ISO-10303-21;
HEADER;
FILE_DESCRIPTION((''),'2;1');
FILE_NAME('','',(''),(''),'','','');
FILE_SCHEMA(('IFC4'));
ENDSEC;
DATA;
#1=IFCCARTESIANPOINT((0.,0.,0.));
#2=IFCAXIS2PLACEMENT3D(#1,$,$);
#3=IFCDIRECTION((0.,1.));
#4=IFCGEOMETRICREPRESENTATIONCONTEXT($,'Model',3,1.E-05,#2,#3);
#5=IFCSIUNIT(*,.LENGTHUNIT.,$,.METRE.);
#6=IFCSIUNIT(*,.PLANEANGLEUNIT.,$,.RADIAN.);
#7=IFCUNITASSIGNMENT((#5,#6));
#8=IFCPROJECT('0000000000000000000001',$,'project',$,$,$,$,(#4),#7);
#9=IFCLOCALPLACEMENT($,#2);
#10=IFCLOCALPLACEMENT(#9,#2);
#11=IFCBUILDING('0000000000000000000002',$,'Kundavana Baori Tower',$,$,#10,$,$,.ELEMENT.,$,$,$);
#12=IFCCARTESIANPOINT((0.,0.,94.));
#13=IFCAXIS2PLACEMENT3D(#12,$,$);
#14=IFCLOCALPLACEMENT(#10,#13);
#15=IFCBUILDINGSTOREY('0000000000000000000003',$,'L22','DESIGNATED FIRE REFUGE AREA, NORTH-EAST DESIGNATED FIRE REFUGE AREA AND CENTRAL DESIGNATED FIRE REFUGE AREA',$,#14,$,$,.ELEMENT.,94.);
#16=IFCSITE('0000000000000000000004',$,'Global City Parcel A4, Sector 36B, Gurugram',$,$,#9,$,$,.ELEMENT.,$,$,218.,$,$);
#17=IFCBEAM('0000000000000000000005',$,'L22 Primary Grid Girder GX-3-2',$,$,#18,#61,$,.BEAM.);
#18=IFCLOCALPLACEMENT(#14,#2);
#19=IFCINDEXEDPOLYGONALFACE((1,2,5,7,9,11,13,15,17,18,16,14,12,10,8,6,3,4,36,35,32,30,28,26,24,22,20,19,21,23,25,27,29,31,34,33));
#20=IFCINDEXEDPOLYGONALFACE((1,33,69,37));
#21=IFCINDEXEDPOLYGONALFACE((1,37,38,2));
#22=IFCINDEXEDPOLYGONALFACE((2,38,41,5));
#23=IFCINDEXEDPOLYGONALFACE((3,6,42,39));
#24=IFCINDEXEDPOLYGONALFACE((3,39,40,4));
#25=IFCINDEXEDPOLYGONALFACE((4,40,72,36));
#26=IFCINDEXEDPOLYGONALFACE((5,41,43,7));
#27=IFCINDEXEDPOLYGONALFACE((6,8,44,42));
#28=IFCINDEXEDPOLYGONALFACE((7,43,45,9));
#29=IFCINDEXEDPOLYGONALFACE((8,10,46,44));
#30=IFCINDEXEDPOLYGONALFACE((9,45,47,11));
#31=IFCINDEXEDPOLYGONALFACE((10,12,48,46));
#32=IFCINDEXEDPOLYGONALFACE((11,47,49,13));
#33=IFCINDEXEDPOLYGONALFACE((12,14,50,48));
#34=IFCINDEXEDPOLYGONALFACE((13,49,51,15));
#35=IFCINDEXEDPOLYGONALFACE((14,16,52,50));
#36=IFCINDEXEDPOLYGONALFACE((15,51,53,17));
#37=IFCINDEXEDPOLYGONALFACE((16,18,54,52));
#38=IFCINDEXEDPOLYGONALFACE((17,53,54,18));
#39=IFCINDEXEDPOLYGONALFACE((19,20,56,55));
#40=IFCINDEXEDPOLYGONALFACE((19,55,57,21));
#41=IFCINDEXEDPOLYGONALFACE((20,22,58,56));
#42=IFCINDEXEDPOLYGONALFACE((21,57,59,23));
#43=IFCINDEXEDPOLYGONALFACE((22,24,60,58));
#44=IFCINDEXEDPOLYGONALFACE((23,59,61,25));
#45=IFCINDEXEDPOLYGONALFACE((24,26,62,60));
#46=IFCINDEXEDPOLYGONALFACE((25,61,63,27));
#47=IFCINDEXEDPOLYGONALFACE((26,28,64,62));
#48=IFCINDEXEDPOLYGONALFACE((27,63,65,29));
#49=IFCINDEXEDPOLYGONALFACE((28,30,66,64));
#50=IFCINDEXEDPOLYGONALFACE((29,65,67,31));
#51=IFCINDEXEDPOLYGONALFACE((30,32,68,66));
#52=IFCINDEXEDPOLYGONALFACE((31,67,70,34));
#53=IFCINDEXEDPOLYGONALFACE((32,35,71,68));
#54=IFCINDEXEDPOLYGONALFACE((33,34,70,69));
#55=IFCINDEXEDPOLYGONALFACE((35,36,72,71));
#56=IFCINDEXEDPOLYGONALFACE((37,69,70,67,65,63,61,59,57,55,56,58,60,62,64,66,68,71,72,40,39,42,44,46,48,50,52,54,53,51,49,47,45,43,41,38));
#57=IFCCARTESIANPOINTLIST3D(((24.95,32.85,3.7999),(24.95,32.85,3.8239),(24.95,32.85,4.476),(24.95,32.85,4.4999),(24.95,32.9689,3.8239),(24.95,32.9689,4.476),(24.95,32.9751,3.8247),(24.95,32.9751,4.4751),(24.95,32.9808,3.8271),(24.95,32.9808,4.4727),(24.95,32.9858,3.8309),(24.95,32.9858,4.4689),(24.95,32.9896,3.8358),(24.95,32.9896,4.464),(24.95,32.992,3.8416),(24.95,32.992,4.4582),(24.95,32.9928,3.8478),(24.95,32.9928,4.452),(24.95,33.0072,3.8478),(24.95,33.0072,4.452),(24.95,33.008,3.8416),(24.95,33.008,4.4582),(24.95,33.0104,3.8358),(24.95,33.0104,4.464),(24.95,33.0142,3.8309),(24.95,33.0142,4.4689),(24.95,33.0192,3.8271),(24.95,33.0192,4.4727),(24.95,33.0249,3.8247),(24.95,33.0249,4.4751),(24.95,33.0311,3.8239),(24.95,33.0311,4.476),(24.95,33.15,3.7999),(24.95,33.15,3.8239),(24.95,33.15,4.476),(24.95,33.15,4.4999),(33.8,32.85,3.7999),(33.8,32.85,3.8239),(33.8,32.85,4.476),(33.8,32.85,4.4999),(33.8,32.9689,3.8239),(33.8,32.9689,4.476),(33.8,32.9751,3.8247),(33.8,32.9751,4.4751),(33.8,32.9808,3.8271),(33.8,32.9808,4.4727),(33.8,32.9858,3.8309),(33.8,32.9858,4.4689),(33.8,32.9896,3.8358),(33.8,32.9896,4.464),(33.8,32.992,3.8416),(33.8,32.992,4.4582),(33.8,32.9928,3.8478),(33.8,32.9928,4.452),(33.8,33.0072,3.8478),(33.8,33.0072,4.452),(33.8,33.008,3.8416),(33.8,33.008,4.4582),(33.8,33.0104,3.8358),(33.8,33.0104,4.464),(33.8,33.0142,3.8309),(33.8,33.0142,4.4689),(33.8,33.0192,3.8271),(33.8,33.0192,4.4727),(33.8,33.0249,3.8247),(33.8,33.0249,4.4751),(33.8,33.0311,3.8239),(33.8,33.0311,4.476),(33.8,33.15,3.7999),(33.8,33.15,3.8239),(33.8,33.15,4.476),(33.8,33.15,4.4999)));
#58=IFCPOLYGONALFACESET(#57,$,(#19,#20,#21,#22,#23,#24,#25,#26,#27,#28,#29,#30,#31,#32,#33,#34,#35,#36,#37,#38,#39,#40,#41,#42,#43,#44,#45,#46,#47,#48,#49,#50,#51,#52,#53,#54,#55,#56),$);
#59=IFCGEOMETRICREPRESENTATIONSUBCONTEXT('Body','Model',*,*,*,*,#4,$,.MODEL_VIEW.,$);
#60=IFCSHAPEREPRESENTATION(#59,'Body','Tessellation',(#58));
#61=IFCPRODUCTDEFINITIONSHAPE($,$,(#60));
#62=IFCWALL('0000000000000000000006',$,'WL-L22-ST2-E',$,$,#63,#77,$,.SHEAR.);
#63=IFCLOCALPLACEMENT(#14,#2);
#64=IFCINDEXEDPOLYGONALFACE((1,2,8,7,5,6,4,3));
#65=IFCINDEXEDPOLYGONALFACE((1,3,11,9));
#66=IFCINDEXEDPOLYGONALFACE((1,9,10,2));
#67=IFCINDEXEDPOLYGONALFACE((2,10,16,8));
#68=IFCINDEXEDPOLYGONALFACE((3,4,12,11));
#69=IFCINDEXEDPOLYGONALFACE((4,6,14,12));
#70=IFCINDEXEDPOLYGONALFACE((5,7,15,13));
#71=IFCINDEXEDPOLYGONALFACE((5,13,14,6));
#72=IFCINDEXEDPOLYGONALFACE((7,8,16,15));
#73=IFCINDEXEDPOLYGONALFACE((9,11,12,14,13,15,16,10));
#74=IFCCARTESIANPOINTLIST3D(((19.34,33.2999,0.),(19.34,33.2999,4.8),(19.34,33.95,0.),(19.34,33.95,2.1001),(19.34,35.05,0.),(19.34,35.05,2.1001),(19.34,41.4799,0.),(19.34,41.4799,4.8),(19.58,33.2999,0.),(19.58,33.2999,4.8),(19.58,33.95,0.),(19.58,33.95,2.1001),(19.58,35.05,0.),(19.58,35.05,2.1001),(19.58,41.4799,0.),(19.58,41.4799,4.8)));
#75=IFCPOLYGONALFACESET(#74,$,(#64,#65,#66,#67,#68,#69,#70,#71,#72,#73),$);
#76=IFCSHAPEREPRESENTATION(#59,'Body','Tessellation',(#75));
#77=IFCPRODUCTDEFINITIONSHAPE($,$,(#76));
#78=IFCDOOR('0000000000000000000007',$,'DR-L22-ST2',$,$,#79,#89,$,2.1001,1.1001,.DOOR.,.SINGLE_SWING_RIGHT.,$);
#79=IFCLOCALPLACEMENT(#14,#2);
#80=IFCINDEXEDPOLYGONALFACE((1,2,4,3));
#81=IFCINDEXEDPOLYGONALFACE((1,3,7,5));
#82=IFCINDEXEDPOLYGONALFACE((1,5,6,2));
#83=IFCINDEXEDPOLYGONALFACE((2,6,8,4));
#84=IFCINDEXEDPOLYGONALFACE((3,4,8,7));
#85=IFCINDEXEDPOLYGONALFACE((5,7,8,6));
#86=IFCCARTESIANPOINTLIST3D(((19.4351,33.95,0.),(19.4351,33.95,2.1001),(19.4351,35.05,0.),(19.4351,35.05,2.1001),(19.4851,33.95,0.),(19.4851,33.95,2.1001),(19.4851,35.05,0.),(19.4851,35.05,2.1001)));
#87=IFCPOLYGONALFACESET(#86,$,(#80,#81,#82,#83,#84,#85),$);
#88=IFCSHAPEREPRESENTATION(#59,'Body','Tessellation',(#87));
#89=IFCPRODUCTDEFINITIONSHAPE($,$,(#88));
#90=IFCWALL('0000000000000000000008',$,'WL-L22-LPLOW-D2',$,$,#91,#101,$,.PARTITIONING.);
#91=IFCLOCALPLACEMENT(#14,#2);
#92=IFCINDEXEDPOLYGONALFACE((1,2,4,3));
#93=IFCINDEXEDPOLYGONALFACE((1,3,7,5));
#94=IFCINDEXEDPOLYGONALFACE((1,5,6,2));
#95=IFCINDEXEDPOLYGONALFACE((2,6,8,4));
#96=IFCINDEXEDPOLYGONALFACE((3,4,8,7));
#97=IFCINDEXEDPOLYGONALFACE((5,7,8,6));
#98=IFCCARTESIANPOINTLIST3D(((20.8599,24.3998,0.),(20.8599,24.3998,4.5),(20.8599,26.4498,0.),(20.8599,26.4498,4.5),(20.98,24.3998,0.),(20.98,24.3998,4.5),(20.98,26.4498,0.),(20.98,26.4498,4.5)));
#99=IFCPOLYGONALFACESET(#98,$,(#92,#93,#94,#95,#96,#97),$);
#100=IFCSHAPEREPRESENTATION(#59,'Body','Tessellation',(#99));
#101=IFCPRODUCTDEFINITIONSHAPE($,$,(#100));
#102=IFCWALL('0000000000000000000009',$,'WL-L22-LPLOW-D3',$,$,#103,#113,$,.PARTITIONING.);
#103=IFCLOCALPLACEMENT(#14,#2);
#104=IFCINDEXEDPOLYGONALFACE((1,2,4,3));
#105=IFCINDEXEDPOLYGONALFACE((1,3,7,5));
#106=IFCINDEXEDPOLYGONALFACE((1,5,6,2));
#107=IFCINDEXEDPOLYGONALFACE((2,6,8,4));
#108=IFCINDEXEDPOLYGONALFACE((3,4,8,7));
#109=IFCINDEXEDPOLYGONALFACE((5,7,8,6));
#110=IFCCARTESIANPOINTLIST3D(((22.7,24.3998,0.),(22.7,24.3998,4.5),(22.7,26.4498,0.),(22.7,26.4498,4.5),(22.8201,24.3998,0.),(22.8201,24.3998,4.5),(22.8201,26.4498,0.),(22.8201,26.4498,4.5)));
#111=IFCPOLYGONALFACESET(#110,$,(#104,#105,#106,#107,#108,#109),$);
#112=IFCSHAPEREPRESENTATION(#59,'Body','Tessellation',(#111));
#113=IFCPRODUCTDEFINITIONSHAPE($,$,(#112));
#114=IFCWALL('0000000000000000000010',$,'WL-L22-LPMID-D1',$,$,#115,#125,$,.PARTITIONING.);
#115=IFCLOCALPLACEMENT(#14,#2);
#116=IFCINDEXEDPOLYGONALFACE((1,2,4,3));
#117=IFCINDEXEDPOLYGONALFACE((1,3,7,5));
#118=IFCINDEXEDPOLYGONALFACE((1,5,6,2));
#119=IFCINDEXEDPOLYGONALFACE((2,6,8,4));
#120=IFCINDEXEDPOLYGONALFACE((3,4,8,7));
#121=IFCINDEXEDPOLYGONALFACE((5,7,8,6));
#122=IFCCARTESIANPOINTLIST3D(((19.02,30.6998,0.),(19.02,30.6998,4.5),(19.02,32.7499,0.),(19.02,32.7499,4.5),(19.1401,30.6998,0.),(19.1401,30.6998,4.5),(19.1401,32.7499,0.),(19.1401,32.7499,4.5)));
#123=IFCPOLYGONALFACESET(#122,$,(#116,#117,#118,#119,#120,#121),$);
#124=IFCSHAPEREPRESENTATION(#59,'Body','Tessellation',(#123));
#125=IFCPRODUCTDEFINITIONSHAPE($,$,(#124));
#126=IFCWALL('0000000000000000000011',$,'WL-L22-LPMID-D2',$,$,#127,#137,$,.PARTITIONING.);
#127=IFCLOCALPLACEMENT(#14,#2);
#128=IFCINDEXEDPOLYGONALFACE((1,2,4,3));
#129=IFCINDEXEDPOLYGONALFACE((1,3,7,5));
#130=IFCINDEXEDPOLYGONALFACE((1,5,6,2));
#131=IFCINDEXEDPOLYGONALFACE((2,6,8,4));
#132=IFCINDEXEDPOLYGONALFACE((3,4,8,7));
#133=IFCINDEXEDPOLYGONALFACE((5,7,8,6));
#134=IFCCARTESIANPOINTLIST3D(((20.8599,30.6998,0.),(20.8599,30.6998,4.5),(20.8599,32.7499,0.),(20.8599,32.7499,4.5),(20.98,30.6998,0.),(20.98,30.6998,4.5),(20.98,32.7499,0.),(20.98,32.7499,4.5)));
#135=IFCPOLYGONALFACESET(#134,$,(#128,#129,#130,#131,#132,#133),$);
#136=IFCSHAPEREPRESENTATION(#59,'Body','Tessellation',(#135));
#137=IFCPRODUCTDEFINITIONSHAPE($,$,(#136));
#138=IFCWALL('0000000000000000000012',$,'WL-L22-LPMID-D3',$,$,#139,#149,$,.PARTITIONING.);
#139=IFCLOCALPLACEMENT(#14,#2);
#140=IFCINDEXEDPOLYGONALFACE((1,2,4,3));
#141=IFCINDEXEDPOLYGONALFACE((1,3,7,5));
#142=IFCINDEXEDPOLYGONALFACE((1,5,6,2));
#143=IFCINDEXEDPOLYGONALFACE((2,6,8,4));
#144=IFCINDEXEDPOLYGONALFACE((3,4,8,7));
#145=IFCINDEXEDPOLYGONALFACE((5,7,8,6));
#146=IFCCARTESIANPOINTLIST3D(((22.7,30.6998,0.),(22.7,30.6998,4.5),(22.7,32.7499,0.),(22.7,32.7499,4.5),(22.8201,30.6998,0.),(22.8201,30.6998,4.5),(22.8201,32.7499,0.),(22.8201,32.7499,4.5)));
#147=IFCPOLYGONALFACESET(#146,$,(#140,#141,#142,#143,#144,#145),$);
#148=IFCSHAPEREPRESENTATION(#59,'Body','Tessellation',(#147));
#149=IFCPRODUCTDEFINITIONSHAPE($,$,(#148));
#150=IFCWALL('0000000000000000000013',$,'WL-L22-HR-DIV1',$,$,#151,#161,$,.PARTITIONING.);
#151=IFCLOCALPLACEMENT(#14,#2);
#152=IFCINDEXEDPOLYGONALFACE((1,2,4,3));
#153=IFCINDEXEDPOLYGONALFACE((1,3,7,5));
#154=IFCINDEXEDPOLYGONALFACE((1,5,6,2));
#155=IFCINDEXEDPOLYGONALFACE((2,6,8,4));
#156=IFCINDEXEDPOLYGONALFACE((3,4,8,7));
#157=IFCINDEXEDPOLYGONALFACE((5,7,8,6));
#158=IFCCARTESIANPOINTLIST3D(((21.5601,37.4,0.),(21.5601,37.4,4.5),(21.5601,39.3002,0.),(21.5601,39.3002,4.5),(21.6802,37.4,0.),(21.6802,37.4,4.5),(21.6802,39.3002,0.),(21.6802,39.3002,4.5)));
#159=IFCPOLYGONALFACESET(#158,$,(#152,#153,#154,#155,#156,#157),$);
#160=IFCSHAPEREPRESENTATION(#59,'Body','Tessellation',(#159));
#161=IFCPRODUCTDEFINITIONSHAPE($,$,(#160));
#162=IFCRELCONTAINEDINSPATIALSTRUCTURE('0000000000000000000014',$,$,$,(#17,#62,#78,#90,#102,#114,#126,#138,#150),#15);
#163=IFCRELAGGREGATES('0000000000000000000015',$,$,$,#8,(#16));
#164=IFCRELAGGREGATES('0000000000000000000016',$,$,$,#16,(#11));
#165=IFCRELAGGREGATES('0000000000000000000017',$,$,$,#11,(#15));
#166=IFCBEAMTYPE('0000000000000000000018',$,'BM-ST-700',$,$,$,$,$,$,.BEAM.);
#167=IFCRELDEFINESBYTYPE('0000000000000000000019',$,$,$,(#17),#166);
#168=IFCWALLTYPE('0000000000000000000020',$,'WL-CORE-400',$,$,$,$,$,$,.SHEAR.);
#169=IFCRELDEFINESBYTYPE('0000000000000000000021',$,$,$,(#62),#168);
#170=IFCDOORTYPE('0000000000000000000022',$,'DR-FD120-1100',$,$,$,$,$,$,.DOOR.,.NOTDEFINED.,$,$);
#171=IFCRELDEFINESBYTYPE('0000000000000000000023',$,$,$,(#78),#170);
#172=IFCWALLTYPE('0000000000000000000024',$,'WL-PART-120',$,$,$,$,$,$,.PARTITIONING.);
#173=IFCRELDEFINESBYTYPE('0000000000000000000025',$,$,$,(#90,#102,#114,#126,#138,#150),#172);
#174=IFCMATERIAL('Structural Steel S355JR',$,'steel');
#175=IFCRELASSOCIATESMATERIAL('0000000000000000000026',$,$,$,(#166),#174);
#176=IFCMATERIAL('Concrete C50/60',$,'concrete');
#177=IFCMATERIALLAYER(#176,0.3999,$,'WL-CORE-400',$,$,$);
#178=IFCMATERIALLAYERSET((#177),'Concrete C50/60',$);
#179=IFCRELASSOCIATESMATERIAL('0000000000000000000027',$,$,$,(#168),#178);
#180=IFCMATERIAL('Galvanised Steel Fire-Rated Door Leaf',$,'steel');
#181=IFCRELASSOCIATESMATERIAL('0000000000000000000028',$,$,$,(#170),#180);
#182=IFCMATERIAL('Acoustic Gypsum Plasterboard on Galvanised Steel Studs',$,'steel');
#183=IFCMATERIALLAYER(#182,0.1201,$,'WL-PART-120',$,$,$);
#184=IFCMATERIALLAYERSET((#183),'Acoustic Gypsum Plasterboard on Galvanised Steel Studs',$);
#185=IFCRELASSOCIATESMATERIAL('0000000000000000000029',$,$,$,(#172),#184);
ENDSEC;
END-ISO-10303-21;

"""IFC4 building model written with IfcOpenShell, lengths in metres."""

from ifc_helpers import new_model, si_unit, direction, frame, frame_2d, origin, origin_2d, place, context, subcontext, project, spatial, rectangle, i_section, extrude, material, layer, layer_set, material_profile, profile_set, type_object, element, fill, save


model = new_model("IFC4")

# Units and contexts
model_context = context("Model", 3, precision=1e-05, world=origin(), true_north=direction((0.0, 1.0)))
body_context = subcontext(model_context, "Body", "Model", "MODEL_VIEW")
ifc_project = project(units=[si_unit("LENGTHUNIT", "METRE"), si_unit("PLANEANGLEUNIT", "RADIAN")], contexts=[model_context])

# Site, building, storey
site_placement = place(None, origin())
site = spatial("IfcSite", under=ifc_project, at=site_placement, Name="Global City Parcel A4, Sector 36B, Gurugram", CompositionType="ELEMENT", RefElevation=218.0)
building_placement = place(site_placement, origin())
building = spatial("IfcBuilding", under=site, at=building_placement, Name="Kundavana Baori Tower", CompositionType="ELEMENT")
storey_placement = place(building_placement, frame((0.0, 0.0, 94.0)))
storey = spatial("IfcBuildingStorey", under=building, at=storey_placement, Name="L22", Description="DESIGNATED FIRE REFUGE AREA, NORTH-EAST DESIGNATED FIRE REFUGE AREA AND CENTRAL DESIGNATED FIRE REFUGE AREA", CompositionType="ELEMENT", Elevation=94.0)

# Beam
ifc_material_1 = material(Name="Structural Steel S355JR", Category="steel")
ifc_material_profile_1 = material_profile(ifc_material_1, i_section(OverallWidth=0.3, OverallDepth=0.7, WebThickness=0.0144, FlangeThickness=0.0239, FilletRadius=0.0239, at=origin_2d()), Name="NPB 700x300x170")
ifc_profile_set_1 = profile_set([ifc_material_profile_1], Name="Structural Steel S355JR")
beam_type_1 = type_object("IfcBeamType", Name="BM-ST-700", PredefinedType="BEAM", material=ifc_profile_set_1)
beam_1_placement = place(storey_placement, frame((24.95, 33.0, 4.1499), z_axis=(1.0, 0.0, 0.0), x_axis=(0.0, 1.0, 0.0)))
element("IfcBeam", 1, at=beam_1_placement, inside=storey, type_object=beam_type_1, Name="L22 Primary Grid Girder GX-3-2", PredefinedType="BEAM", context=body_context, shape_type="SweptSolid", body=[
    extrude(i_section(OverallWidth=0.3, OverallDepth=0.7, WebThickness=0.0144, FlangeThickness=0.0239, FilletRadius=0.0239, at=origin_2d()), origin(), (0.0, 0.0, 1.0), 8.8501),
])

# Wall, opening, door
ifc_material_2 = material(Name="Concrete C50/60", Category="concrete")
ifc_layer_1 = layer(ifc_material_2, 0.3999, Name="WL-CORE-400")
ifc_layer_set_1 = layer_set([ifc_layer_1], Name="Concrete C50/60")
wall_type_1 = type_object("IfcWallType", Name="WL-CORE-400", PredefinedType="SHEAR", material=ifc_layer_set_1)
wall_1_placement = place(storey_placement, frame((19.46, 33.3, 0.0), z_axis=(0.0, 0.0, 1.0), x_axis=(0.0, 1.0, 0.0)))
wall_1 = element("IfcWall", 2, at=wall_1_placement, inside=storey, type_object=wall_type_1, Name="WL-L22-ST2-E", PredefinedType="SHEAR", context=body_context, shape_type="SweptSolid", body=[
    extrude(rectangle(XDim=8.1799, YDim=0.24, at=frame_2d((4.0898, 0.0))), origin(), (0.0, 0.0, 1.0), 4.8),
])
opening_1_placement = place(wall_1_placement, frame((0.6499, 0.0, 0.0)))
opening_1 = element("IfcOpeningElement", 3, at=opening_1_placement, cuts=wall_1, PredefinedType="OPENING", context=body_context, shape_type="SweptSolid", body=[
    extrude(rectangle(XDim=1.1001, YDim=2.1001, at=frame_2d((0.55, 1.05))), frame((0.0, 0.1299, 0.0), z_axis=(0.0, -1.0, 0.0), x_axis=(1.0, 0.0, 0.0)), (0.0, 0.0, 1.0), 0.26),
])
ifc_material_3 = material(Name="Galvanised Steel Fire-Rated Door Leaf", Category="steel")
door_type_1 = type_object("IfcDoorType", Name="DR-FD120-1100", OperationType="NOTDEFINED", PredefinedType="DOOR", material=ifc_material_3)
door_1_placement = place(opening_1_placement, origin())
door_1 = element("IfcDoor", 4, at=door_1_placement, inside=storey, type_object=door_type_1, Name="DR-L22-ST2", OperationType="SINGLE_SWING_RIGHT", OverallHeight=2.1001, OverallWidth=1.1001, PredefinedType="DOOR", context=body_context, shape_type="SweptSolid", body=[
    extrude(rectangle(XDim=1.1001, YDim=2.1001, at=frame_2d((0.55, 1.05))), frame((0.0, 0.0249, 0.0), z_axis=(0.0, -1.0, 0.0), x_axis=(1.0, 0.0, 0.0)), (0.0, 0.0, 1.0), 0.05),
])
fill(opening_1, door_1)

# Walls
ifc_material_4 = material(Name="Acoustic Gypsum Plasterboard on Galvanised Steel Studs", Category="steel")
ifc_layer_2 = layer(ifc_material_4, 0.1201, Name="WL-PART-120")
ifc_layer_set_2 = layer_set([ifc_layer_2], Name="Acoustic Gypsum Plasterboard on Galvanised Steel Studs")
wall_type_2 = type_object("IfcWallType", Name="WL-PART-120", PredefinedType="PARTITIONING", material=ifc_layer_set_2)
for number, where, z_axis, x_axis, name in (
    (5, (20.9199, 24.3999, 0.0), (0.0, 0.0, 1.0), (0.0, 1.0, 0.0), "WL-L22-LPLOW-D2"),
    (6, (22.76, 24.3999, 0.0), (0.0, 0.0, 1.0), (0.0, 1.0, 0.0), "WL-L22-LPLOW-D3"),
    (7, (19.0801, 30.7, 0.0), (0.0, 0.0, 1.0), (0.0, 1.0, 0.0), "WL-L22-LPMID-D1"),
    (8, (20.9199, 30.7, 0.0), (0.0, 0.0, 1.0), (0.0, 1.0, 0.0), "WL-L22-LPMID-D2"),
    (9, (22.76, 30.7, 0.0), (0.0, 0.0, 1.0), (0.0, 1.0, 0.0), "WL-L22-LPMID-D3"),
):
    element("IfcWall", number, at=place(storey_placement, frame(where, z_axis=z_axis, x_axis=x_axis)), inside=storey, type_object=wall_type_2, Name=name, PredefinedType="PARTITIONING", context=body_context, shape_type="SweptSolid", body=[
        extrude(rectangle(XDim=2.05, YDim=0.1201, at=frame_2d((1.0249, 0.0))), origin(), (0.0, 0.0, 1.0), 4.5),
    ])
wall_2_placement = place(storey_placement, frame((21.6201, 37.3999, 0.0), z_axis=(0.0, 0.0, 1.0), x_axis=(0.0, 1.0, 0.0)))
element("IfcWall", 10, at=wall_2_placement, inside=storey, type_object=wall_type_2, Name="WL-L22-HR-DIV1", PredefinedType="PARTITIONING", context=body_context, shape_type="SweptSolid", body=[
    extrude(rectangle(XDim=1.9001, YDim=0.1201, at=frame_2d((0.9502, 0.0))), origin(), (0.0, 0.0, 1.0), 4.5),
])

save(model, "model.ifc")
